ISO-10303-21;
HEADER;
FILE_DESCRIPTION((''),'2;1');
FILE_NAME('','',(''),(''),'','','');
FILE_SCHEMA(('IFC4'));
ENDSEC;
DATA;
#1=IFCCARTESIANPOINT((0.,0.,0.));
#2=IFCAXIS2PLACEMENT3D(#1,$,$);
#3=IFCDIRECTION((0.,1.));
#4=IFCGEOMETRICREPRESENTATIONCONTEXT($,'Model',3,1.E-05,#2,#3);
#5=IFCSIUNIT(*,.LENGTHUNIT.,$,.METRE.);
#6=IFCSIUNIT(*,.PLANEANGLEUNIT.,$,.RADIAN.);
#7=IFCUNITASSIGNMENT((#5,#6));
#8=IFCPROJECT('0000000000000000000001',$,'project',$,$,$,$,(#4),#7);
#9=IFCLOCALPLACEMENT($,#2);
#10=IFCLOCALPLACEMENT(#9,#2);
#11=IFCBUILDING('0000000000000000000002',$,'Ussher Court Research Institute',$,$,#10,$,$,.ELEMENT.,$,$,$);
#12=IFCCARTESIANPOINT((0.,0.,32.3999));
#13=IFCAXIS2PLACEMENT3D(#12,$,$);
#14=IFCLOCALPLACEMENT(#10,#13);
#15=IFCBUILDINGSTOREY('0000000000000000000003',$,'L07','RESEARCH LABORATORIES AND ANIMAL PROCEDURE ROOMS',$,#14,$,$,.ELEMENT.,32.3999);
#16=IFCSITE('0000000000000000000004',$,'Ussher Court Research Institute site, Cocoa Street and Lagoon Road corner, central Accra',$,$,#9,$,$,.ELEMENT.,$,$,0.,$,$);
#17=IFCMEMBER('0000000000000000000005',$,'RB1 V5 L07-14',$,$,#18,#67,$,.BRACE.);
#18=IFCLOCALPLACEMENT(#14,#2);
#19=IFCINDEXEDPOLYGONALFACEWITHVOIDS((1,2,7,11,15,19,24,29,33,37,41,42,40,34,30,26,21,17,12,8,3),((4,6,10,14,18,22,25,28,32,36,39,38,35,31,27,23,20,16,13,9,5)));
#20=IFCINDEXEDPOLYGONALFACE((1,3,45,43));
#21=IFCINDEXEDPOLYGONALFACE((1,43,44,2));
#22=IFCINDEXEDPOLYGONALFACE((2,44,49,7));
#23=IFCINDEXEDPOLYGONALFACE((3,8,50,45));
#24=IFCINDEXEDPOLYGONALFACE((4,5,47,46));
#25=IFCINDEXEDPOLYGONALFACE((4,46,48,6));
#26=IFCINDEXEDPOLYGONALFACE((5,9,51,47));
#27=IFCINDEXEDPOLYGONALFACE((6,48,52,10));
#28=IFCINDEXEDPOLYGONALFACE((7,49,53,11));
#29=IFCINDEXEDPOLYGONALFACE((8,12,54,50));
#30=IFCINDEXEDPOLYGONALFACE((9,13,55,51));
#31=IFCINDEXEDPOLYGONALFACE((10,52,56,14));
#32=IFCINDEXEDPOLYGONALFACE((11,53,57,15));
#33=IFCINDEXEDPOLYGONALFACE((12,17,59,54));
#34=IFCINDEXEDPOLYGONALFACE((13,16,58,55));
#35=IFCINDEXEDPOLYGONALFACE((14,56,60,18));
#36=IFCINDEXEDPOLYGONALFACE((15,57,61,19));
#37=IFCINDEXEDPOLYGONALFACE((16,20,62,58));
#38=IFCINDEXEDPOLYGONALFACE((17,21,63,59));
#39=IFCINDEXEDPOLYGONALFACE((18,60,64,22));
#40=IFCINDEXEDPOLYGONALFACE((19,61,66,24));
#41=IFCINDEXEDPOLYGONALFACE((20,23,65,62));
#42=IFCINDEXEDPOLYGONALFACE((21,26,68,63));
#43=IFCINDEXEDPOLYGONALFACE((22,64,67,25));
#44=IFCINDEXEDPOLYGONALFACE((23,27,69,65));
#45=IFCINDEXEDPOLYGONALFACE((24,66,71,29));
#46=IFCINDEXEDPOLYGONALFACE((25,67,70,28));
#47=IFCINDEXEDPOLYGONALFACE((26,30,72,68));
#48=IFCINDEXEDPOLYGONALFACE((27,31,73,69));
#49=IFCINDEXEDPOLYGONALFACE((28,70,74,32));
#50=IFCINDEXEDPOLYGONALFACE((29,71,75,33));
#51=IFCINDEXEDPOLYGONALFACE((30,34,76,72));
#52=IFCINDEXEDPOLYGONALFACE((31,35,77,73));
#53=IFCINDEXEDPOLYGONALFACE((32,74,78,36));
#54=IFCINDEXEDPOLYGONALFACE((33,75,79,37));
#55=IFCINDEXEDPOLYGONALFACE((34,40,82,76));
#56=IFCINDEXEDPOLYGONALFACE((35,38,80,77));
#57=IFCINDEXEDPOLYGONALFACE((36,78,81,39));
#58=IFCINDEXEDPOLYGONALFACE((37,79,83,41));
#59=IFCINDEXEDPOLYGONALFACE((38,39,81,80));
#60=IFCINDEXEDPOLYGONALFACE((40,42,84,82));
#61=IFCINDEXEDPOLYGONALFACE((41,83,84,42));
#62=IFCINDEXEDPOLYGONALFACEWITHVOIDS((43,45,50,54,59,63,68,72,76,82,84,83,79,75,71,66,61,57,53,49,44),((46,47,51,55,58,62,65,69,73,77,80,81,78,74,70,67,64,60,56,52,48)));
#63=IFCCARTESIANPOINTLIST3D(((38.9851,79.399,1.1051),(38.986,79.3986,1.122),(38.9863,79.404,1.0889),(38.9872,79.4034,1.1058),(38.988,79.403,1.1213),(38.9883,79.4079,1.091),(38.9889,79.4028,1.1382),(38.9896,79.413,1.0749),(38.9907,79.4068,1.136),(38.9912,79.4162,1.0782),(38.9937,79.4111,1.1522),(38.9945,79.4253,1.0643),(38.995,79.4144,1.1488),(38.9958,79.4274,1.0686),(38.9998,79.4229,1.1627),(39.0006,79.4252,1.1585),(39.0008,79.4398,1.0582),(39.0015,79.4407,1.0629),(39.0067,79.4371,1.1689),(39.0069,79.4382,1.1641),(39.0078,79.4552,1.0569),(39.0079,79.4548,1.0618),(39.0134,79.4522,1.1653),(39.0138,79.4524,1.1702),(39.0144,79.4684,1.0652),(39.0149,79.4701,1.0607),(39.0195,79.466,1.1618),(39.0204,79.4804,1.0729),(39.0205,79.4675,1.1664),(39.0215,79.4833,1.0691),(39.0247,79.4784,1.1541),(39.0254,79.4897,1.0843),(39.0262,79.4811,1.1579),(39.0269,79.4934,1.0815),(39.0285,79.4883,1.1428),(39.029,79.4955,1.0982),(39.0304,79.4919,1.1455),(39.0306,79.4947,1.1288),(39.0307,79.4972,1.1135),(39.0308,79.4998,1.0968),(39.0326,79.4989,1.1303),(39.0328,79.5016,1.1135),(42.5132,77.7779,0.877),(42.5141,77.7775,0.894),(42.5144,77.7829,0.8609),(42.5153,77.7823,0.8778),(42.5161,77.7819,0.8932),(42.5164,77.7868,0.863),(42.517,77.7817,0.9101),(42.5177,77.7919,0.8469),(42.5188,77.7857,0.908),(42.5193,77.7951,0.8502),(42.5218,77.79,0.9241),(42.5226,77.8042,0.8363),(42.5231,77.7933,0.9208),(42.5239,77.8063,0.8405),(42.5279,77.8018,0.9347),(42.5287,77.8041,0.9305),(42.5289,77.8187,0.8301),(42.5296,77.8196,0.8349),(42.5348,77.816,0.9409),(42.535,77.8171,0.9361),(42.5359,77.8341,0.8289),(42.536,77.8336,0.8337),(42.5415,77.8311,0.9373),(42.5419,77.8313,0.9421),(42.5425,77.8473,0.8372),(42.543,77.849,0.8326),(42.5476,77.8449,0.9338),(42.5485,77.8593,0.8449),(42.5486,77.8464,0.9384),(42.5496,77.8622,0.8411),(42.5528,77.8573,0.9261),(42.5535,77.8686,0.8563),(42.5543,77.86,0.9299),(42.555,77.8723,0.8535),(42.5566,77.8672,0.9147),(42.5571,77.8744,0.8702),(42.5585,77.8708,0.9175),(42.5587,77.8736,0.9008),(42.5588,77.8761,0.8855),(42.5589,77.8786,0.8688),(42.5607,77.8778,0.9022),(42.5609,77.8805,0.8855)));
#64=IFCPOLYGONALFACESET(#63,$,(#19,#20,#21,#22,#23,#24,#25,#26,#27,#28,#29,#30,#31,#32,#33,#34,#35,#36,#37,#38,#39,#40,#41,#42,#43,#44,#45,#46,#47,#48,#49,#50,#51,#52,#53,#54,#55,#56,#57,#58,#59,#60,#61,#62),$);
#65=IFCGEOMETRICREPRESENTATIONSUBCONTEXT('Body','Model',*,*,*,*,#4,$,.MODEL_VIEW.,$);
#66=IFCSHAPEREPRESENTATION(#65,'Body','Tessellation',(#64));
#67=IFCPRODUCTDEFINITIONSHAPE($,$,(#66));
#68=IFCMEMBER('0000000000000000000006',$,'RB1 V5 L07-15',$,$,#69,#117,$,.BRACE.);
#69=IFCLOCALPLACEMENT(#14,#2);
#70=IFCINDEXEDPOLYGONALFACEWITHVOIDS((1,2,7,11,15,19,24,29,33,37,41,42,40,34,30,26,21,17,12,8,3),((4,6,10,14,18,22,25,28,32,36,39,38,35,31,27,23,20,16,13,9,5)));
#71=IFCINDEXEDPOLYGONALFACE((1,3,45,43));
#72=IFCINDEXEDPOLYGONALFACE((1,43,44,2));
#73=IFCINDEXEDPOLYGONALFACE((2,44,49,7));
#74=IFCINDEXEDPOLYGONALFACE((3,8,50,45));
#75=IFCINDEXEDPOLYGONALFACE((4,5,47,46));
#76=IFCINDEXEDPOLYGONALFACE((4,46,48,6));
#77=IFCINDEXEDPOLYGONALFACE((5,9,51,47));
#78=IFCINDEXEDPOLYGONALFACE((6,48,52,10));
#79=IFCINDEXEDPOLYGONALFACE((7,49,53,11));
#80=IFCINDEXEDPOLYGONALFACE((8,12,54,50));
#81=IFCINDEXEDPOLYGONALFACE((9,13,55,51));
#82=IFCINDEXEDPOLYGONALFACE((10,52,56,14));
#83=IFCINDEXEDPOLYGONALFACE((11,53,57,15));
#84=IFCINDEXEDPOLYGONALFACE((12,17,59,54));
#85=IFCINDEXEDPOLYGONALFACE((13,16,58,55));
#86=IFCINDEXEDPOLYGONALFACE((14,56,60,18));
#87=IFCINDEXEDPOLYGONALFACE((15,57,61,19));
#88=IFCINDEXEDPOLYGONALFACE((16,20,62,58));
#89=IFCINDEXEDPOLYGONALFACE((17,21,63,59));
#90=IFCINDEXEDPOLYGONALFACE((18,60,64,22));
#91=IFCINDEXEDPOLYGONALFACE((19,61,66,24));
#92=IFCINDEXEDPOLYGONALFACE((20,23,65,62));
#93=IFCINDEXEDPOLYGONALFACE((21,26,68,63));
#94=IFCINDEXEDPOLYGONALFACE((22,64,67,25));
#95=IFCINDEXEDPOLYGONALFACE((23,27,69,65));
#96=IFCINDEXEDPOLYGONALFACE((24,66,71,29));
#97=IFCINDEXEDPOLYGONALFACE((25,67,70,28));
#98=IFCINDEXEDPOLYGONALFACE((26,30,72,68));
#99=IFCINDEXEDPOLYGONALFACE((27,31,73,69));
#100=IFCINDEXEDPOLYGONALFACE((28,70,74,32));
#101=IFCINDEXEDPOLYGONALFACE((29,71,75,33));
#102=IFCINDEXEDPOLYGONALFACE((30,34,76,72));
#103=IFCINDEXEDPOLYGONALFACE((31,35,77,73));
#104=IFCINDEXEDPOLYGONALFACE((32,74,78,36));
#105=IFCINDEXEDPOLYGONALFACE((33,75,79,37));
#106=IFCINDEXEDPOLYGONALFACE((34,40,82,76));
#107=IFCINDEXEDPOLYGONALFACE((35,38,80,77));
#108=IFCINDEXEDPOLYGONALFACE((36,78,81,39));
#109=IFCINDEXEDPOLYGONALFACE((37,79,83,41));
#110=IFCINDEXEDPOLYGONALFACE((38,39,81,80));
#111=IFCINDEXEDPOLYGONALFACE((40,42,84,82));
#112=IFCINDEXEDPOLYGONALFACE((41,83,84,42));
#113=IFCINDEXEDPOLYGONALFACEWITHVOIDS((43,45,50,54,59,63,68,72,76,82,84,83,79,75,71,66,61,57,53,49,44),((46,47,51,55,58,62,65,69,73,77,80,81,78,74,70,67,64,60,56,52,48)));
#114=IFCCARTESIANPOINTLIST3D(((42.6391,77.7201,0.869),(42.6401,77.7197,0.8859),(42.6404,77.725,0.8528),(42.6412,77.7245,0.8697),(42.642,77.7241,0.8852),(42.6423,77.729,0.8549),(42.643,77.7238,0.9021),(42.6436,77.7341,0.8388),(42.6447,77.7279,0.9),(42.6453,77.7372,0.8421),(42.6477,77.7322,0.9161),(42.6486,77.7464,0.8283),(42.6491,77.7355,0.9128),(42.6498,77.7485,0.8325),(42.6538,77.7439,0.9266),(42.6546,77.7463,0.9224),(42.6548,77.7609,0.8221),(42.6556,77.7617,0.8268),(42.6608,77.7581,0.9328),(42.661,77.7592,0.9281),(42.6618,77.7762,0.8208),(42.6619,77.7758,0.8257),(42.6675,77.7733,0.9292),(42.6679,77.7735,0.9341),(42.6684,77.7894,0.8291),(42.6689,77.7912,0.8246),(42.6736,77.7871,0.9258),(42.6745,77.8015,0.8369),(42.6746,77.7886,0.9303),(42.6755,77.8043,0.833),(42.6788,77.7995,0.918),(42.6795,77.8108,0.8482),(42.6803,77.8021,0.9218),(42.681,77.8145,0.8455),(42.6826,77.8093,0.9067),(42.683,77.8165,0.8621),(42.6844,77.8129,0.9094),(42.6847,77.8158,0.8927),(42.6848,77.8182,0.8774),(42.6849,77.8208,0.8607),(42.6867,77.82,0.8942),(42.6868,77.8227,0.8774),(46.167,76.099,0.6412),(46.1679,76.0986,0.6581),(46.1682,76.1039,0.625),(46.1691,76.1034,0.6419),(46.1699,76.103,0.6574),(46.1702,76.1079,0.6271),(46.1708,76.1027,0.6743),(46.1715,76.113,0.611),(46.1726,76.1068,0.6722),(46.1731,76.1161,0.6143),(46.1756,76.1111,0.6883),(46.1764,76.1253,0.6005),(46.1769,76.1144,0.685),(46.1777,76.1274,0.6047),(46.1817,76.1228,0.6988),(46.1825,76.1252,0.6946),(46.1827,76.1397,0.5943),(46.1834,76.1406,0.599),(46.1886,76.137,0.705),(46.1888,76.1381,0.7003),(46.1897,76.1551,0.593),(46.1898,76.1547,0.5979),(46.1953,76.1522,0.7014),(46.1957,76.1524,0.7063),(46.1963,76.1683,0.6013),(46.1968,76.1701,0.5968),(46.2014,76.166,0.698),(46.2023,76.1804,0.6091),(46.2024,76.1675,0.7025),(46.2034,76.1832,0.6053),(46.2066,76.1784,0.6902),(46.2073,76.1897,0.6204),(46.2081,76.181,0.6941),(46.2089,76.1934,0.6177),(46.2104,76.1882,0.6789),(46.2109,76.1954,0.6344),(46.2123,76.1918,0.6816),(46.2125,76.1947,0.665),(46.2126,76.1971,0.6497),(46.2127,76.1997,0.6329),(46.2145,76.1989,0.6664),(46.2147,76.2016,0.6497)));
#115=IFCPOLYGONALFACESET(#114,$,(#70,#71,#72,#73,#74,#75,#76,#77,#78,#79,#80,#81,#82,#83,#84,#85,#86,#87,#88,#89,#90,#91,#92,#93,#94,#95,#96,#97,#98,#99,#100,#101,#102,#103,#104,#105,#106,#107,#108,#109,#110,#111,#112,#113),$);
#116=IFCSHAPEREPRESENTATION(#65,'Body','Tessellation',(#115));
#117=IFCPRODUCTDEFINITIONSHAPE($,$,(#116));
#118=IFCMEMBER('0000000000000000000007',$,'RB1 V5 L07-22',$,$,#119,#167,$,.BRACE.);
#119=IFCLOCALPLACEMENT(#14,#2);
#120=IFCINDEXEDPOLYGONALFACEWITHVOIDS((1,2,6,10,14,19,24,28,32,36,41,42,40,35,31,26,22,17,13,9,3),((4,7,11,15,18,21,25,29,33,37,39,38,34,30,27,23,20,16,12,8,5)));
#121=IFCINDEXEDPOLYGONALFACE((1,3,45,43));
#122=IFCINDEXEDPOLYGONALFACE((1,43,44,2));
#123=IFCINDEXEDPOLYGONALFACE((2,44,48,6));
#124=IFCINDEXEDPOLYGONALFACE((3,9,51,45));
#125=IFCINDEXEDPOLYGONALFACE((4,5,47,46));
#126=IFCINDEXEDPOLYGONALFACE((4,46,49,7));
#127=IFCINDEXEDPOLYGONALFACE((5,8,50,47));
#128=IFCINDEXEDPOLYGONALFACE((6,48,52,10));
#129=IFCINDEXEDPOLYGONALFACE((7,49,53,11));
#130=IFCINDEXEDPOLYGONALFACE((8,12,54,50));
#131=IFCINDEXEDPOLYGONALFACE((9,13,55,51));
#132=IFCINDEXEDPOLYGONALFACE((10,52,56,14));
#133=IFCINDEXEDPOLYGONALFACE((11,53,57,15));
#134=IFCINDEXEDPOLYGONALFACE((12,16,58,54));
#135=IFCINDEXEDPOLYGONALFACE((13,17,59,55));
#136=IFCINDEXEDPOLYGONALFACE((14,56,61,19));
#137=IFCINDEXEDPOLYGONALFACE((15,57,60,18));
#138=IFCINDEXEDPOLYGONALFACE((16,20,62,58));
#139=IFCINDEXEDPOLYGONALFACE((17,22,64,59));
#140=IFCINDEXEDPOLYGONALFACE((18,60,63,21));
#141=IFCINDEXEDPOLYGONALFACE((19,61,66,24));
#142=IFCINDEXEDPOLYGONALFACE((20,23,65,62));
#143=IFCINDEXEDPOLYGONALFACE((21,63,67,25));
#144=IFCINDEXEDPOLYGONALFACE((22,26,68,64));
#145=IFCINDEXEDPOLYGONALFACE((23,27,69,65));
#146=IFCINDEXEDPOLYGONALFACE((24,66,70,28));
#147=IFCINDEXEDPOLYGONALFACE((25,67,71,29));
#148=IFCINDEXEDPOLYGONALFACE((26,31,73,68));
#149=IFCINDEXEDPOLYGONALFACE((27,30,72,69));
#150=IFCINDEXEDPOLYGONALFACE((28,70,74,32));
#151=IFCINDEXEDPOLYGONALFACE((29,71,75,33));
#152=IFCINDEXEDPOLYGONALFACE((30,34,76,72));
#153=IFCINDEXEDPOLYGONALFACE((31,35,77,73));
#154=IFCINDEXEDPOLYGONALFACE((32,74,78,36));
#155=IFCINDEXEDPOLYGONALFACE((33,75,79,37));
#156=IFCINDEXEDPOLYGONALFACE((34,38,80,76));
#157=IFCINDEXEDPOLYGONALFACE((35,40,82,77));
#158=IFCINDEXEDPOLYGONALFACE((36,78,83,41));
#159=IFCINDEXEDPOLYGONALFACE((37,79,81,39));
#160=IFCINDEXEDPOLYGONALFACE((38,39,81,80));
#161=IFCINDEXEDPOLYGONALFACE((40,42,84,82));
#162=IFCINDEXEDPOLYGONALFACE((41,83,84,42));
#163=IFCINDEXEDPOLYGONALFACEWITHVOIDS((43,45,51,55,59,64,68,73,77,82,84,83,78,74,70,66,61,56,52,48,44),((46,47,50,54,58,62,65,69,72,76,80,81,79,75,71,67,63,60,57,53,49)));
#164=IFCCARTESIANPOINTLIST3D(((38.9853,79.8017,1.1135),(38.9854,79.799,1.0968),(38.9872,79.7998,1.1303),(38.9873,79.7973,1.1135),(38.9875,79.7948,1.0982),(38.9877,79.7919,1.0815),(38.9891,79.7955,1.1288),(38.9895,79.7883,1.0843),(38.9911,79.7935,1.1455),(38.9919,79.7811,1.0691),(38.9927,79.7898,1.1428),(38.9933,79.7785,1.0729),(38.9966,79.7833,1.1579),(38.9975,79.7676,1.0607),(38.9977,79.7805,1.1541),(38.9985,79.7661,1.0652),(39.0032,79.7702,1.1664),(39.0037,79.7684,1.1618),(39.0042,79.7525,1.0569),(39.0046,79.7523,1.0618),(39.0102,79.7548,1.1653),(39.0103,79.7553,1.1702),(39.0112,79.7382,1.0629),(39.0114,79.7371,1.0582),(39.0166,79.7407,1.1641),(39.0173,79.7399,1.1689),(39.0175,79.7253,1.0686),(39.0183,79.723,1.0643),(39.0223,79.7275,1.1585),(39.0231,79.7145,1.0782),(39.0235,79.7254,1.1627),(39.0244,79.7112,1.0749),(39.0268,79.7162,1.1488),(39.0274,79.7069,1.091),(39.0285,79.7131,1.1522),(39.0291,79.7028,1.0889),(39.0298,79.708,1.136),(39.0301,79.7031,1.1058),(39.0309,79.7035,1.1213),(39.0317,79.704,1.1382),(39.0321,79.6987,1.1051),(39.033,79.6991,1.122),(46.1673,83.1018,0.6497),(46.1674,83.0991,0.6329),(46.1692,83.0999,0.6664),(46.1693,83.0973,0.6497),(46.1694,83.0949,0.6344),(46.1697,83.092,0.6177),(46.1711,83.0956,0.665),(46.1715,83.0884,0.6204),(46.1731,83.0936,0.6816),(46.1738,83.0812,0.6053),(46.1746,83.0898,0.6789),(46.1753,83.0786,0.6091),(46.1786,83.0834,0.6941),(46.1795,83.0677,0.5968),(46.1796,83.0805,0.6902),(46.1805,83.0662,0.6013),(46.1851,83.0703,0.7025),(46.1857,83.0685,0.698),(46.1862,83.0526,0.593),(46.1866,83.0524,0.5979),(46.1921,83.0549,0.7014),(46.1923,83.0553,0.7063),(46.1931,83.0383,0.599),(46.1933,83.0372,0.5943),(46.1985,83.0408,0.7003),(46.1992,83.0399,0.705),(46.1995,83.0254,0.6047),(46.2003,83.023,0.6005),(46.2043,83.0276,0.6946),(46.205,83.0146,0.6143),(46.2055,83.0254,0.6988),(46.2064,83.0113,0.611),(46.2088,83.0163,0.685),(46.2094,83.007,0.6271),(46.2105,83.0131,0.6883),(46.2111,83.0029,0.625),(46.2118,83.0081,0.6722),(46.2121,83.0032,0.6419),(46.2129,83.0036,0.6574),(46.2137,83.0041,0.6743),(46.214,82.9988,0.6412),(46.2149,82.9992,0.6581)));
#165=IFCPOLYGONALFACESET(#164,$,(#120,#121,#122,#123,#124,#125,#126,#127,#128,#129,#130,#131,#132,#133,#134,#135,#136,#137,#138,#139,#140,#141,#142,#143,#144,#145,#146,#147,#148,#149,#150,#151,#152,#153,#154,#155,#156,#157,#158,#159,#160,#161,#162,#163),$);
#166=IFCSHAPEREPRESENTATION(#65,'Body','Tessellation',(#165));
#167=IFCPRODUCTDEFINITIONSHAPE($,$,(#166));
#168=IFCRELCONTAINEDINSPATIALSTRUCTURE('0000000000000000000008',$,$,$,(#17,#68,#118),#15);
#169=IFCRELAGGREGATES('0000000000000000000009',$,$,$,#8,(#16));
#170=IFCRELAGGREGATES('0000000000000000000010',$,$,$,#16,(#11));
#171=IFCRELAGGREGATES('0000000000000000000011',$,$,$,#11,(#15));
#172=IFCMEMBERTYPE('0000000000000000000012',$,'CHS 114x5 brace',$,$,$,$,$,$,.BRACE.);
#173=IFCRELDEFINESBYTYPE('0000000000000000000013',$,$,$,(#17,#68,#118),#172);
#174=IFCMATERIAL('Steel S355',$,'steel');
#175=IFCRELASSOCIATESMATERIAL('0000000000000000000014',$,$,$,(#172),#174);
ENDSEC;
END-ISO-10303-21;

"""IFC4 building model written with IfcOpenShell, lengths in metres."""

from ifc_helpers import new_model, si_unit, direction, frame, origin, origin_2d, place, context, subcontext, project, spatial, hollow_circle, extrude, material, material_profile, profile_set, type_object, element, save


model = new_model("IFC4")

# Units and contexts
model_context = context("Model", 3, precision=1e-05, world=origin(), true_north=direction((0.0, 1.0)))
body_context = subcontext(model_context, "Body", "Model", "MODEL_VIEW")
ifc_project = project(units=[si_unit("LENGTHUNIT", "METRE"), si_unit("PLANEANGLEUNIT", "RADIAN")], contexts=[model_context])

# Site, building, storey
site_placement = place(None, origin())
site = spatial("IfcSite", under=ifc_project, at=site_placement, Name="Ussher Court Research Institute site, Cocoa Street and Lagoon Road corner, central Accra", CompositionType="ELEMENT", RefElevation=0.0)
building_placement = place(site_placement, origin())
building = spatial("IfcBuilding", under=site, at=building_placement, Name="Ussher Court Research Institute", CompositionType="ELEMENT")
storey_placement = place(building_placement, frame((0.0, 0.0, 32.3999)))
storey = spatial("IfcBuildingStorey", under=building, at=storey_placement, Name="L07", Description="RESEARCH LABORATORIES AND ANIMAL PROCEDURE ROOMS", CompositionType="ELEMENT", Elevation=32.3999)

# Members
ifc_material_1 = material(Name="Steel S355", Category="steel")
ifc_material_profile_1 = material_profile(ifc_material_1, hollow_circle(Radius=0.0569, WallThickness=0.0049, at=origin_2d()), Name="CHS 114x5")
ifc_profile_set_1 = profile_set([ifc_material_profile_1], Name="Steel S355")
member_type_1 = type_object("IfcMemberType", Name="CHS 114x5 brace", PredefinedType="BRACE", material=ifc_profile_set_1)
member_1_placement = place(storey_placement, frame((39.009, 79.45, 1.1135), z_axis=(0.907105, -0.4168, -0.058628), x_axis=(0.417518, 0.908668, 0.0)))
element("IfcMember", 1, at=member_1_placement, inside=storey, type_object=member_type_1, Name="RB1 V5 L07-14", PredefinedType="BRACE", context=body_context, shape_type="SweptSolid", body=[
    extrude(hollow_circle(Radius=0.0569, WallThickness=0.0049, at=origin_2d()), origin(), (0.0, 0.0, 1.0), 3.8894),
])
member_2_placement = place(storey_placement, frame((42.6631, 77.771, 0.8774), z_axis=(0.907098, -0.416826, -0.058569), x_axis=(0.417542, 0.908658, 0.0)))
element("IfcMember", 2, at=member_2_placement, inside=storey, type_object=member_type_1, Name="RB1 V5 L07-15", PredefinedType="BRACE", context=body_context, shape_type="SweptSolid", body=[
    extrude(hollow_circle(Radius=0.0569, WallThickness=0.0049, at=origin_2d()), origin(), (0.0, 0.0, 1.0), 3.8892),
])
member_3_placement = place(storey_placement, frame((39.009, 79.75, 1.1135), z_axis=(0.907103, 0.416811, -0.058588), x_axis=(-0.417528, 0.908664, 0.0)))
element("IfcMember", 3, at=member_3_placement, inside=storey, type_object=member_type_1, Name="RB1 V5 L07-22", PredefinedType="BRACE", context=body_context, shape_type="SweptSolid", body=[
    extrude(hollow_circle(Radius=0.0569, WallThickness=0.0049, at=origin_2d()), origin(), (0.0, 0.0, 1.0), 7.9175),
])

save(model, "model.ifc")
